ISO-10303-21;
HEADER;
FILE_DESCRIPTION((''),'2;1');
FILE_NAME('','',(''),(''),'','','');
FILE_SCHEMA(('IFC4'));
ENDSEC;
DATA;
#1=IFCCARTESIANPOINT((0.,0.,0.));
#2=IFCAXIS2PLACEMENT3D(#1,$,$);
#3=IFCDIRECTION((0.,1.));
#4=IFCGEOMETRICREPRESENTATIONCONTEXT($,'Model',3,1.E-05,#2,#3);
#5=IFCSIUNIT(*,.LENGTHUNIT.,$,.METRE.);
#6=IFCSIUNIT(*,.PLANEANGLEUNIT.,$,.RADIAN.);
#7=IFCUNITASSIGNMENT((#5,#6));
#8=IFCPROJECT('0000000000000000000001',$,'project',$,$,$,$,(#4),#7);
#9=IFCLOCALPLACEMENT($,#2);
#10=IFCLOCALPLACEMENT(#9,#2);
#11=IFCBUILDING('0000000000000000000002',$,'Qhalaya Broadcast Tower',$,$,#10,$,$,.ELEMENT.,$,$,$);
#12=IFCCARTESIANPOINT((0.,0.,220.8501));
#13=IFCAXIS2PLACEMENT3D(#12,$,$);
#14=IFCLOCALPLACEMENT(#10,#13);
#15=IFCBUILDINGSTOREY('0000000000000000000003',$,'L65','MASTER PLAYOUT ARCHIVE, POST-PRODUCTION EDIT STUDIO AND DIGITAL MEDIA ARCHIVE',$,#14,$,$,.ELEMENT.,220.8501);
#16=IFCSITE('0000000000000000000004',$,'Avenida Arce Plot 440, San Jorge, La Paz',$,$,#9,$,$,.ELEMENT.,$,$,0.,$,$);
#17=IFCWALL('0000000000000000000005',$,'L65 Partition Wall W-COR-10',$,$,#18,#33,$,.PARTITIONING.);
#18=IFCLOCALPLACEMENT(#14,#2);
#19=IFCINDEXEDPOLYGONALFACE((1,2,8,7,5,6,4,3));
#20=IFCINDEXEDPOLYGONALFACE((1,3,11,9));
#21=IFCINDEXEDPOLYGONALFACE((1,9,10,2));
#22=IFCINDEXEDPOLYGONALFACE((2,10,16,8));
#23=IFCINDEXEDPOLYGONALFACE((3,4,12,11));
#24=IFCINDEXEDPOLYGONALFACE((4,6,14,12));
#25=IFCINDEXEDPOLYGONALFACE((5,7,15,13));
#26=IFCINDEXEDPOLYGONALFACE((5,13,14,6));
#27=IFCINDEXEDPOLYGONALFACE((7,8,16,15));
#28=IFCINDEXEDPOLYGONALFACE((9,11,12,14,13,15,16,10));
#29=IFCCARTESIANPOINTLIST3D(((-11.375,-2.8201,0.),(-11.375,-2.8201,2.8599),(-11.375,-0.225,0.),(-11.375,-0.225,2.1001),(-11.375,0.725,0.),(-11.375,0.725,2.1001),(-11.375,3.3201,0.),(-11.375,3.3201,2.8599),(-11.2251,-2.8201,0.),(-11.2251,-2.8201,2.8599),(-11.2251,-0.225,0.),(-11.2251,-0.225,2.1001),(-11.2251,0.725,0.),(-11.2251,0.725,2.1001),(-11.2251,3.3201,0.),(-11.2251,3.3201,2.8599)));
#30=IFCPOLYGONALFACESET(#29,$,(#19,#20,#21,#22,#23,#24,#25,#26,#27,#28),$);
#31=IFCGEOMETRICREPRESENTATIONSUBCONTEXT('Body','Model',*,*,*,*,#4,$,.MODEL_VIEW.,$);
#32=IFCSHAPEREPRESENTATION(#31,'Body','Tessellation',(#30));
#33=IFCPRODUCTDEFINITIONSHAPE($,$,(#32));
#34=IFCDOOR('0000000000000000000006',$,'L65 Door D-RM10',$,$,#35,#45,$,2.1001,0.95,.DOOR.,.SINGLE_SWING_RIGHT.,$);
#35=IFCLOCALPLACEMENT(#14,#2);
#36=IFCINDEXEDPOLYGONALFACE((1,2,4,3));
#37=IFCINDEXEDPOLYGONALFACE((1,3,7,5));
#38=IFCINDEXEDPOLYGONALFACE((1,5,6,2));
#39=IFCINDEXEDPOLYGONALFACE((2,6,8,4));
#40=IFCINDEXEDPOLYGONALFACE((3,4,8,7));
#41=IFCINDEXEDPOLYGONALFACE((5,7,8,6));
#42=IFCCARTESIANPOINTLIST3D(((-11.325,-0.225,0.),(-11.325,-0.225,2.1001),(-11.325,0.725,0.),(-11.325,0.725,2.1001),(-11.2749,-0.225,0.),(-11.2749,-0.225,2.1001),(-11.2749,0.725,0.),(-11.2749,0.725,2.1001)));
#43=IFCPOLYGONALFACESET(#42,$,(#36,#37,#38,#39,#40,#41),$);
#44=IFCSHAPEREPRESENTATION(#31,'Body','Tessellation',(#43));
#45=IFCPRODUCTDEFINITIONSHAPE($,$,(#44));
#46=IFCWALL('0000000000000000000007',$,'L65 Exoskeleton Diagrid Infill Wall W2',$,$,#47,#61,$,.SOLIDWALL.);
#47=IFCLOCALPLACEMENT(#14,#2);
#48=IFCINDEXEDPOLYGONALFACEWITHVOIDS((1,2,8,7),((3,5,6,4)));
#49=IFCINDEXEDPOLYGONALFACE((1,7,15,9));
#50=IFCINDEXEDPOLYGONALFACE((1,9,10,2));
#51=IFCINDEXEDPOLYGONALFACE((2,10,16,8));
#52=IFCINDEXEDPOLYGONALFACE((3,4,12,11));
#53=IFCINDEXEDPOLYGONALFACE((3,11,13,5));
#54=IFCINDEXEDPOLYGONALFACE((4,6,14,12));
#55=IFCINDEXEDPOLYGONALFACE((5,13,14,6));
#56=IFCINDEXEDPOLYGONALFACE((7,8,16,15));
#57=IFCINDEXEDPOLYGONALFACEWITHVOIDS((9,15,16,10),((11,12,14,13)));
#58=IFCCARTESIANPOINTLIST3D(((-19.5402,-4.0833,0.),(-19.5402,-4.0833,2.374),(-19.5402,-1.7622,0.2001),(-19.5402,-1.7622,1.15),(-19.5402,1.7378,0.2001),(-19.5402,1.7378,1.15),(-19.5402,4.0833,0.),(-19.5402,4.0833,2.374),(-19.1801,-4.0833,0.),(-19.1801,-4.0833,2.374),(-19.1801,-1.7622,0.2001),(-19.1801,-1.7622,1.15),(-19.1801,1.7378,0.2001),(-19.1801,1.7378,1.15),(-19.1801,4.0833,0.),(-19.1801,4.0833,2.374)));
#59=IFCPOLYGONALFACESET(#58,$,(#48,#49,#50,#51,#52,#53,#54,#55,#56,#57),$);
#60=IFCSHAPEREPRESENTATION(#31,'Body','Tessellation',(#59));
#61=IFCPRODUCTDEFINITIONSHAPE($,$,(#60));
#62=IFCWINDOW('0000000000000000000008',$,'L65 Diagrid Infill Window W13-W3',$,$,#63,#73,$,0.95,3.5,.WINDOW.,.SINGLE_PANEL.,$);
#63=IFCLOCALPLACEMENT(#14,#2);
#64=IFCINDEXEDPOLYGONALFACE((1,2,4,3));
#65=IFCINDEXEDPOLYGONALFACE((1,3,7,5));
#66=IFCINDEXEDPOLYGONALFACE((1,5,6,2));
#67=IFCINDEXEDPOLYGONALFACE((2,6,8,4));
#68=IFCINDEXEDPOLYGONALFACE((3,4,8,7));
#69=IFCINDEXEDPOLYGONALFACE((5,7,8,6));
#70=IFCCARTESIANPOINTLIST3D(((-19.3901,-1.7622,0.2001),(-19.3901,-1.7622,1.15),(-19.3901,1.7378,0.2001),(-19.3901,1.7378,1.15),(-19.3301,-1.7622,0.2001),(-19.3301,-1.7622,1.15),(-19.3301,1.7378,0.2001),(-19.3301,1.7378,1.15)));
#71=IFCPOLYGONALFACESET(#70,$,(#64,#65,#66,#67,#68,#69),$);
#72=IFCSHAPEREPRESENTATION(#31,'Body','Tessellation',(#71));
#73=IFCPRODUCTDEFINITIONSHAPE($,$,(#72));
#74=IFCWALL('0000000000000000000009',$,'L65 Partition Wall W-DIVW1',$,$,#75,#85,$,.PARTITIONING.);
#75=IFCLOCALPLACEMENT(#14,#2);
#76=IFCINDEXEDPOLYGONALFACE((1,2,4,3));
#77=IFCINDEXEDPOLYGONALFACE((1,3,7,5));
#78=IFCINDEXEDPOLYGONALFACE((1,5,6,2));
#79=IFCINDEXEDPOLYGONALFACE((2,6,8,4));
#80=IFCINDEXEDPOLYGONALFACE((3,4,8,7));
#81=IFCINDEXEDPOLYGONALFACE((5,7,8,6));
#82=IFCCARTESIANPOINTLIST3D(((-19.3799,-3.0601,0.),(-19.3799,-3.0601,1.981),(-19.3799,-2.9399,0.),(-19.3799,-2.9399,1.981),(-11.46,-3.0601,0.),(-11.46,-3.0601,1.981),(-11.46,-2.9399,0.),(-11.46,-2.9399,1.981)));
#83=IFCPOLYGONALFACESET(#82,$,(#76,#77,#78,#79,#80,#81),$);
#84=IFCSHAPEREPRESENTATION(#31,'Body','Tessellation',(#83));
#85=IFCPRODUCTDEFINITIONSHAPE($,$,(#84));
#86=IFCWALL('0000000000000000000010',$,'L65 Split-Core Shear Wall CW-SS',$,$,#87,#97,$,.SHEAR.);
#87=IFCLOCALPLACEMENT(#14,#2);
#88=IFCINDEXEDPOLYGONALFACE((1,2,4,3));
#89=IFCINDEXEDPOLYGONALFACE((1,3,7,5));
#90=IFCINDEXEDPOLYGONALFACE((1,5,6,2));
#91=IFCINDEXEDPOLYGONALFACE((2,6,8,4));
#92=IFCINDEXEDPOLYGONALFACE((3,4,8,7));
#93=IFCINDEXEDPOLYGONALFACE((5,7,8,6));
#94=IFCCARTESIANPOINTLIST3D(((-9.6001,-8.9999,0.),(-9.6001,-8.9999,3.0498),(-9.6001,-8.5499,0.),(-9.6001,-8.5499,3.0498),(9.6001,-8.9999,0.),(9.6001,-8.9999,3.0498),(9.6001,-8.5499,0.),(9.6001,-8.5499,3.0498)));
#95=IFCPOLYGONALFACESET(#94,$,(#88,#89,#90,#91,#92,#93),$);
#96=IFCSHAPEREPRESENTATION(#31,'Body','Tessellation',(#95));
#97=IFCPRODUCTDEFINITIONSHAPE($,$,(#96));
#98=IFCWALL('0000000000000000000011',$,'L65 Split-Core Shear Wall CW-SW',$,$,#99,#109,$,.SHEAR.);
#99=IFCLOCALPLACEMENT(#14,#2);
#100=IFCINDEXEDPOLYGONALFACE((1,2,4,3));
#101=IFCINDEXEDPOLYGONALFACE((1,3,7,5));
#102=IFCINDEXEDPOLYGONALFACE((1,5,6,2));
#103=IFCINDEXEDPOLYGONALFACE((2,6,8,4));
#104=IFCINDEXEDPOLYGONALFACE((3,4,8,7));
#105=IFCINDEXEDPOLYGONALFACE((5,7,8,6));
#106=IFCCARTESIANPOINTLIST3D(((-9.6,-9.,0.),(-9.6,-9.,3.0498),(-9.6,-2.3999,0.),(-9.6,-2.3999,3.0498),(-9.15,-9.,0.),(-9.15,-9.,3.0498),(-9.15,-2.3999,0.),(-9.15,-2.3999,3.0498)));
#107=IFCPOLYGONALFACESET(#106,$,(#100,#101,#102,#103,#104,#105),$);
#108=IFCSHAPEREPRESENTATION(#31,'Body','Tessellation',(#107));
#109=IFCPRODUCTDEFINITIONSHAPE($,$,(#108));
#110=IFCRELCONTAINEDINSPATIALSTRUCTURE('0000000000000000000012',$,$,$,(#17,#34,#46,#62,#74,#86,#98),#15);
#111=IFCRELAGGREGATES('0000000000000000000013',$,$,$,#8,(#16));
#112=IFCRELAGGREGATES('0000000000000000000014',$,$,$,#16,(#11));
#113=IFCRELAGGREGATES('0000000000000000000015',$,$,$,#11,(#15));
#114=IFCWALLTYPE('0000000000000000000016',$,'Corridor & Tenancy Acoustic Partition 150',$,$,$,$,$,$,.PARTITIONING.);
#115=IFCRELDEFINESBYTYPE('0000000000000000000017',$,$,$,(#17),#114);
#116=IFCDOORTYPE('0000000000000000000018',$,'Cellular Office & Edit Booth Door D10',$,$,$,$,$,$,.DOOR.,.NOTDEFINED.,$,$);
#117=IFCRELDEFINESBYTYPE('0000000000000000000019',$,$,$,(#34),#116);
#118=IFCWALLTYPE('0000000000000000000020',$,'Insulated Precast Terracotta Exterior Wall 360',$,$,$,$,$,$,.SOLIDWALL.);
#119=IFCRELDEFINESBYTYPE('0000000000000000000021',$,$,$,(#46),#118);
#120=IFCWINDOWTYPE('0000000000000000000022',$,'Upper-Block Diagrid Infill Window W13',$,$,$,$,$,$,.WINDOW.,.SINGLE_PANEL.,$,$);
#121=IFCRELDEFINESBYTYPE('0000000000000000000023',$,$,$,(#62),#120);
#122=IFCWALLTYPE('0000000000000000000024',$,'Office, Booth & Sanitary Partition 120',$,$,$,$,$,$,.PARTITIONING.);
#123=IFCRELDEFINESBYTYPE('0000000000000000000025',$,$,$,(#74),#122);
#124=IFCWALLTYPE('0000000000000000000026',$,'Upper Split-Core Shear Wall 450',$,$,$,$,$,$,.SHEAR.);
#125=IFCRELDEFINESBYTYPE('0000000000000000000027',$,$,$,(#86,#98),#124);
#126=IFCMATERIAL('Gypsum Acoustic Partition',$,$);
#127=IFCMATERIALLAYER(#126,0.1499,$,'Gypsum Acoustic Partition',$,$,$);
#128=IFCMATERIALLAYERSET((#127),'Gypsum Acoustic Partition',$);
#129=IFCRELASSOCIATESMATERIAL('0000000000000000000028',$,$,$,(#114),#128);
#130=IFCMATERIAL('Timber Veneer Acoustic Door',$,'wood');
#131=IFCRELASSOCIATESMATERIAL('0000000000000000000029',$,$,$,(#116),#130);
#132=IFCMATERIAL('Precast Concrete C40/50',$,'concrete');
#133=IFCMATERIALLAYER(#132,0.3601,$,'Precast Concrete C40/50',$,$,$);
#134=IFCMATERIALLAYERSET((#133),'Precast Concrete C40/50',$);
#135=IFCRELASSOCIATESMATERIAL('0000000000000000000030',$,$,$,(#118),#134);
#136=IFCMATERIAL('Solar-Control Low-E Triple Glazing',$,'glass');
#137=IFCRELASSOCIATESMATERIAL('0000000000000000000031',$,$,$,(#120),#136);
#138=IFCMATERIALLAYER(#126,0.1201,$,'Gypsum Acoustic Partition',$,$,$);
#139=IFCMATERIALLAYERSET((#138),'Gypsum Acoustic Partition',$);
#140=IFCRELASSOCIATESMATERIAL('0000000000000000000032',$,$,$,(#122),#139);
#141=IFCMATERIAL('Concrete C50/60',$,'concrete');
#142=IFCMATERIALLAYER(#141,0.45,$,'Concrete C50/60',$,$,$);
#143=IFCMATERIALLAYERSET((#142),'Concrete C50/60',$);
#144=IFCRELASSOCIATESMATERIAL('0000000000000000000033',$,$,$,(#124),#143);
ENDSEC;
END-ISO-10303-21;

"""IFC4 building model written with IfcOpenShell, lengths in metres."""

from ifc_helpers import new_model, si_unit, direction, frame, frame_2d, origin, place, context, subcontext, project, spatial, rectangle, extrude, material, layer, layer_set, type_object, element, fill, save


model = new_model("IFC4")

# Units and contexts
model_context = context("Model", 3, precision=1e-05, world=origin(), true_north=direction((0.0, 1.0)))
body_context = subcontext(model_context, "Body", "Model", "MODEL_VIEW")
ifc_project = project(units=[si_unit("LENGTHUNIT", "METRE"), si_unit("PLANEANGLEUNIT", "RADIAN")], contexts=[model_context])

# Site, building, storey
site_placement = place(None, origin())
site = spatial("IfcSite", under=ifc_project, at=site_placement, Name="Avenida Arce Plot 440, San Jorge, La Paz", CompositionType="ELEMENT", RefElevation=0.0)
building_placement = place(site_placement, origin())
building = spatial("IfcBuilding", under=site, at=building_placement, Name="Qhalaya Broadcast Tower", CompositionType="ELEMENT")
storey_placement = place(building_placement, frame((0.0, 0.0, 220.8501)))
storey = spatial("IfcBuildingStorey", under=building, at=storey_placement, Name="L65", Description="MASTER PLAYOUT ARCHIVE, POST-PRODUCTION EDIT STUDIO AND DIGITAL MEDIA ARCHIVE", CompositionType="ELEMENT", Elevation=220.8501)

# Wall, opening, door
ifc_material_1 = material(Name="Gypsum Acoustic Partition")
ifc_layer_1 = layer(ifc_material_1, 0.1499, Name="Gypsum Acoustic Partition")
ifc_layer_set_1 = layer_set([ifc_layer_1], Name="Gypsum Acoustic Partition")
wall_type_1 = type_object("IfcWallType", Name="Corridor & Tenancy Acoustic Partition 150", PredefinedType="PARTITIONING", material=ifc_layer_set_1)
wall_1_placement = place(storey_placement, frame((-11.3, -2.8201, 0.0), z_axis=(0.0, 0.0, 1.0), x_axis=(0.0, 1.0, 0.0)))
wall_1 = element("IfcWall", 1, at=wall_1_placement, inside=storey, type_object=wall_type_1, Name="L65 Partition Wall W-COR-10", PredefinedType="PARTITIONING", context=body_context, shape_type="SweptSolid", body=[
    extrude(rectangle(XDim=6.1401, YDim=0.1499, at=frame_2d((3.0701, 0.0))), origin(), (0.0, 0.0, 1.0), 2.8599),
])
opening_1_placement = place(wall_1_placement, frame((2.595, 0.0, 0.0)))
opening_1 = element("IfcOpeningElement", 2, at=opening_1_placement, cuts=wall_1, PredefinedType="OPENING", context=body_context, shape_type="SweptSolid", body=[
    extrude(rectangle(XDim=0.95, YDim=2.1001, at=frame_2d((0.4751, 1.05))), frame((0.0, 0.0869, 0.0), z_axis=(0.0, -1.0, 0.0), x_axis=(1.0, 0.0, 0.0)), (0.0, 0.0, 1.0), 0.1738),
])
ifc_material_2 = material(Name="Timber Veneer Acoustic Door", Category="wood")
door_type_1 = type_object("IfcDoorType", Name="Cellular Office & Edit Booth Door D10", OperationType="NOTDEFINED", PredefinedType="DOOR", material=ifc_material_2)
door_1_placement = place(opening_1_placement, origin())
door_1 = element("IfcDoor", 3, at=door_1_placement, inside=storey, type_object=door_type_1, Name="L65 Door D-RM10", OperationType="SINGLE_SWING_RIGHT", OverallHeight=2.1001, OverallWidth=0.95, PredefinedType="DOOR", context=body_context, shape_type="SweptSolid", body=[
    extrude(rectangle(XDim=0.95, YDim=2.1001, at=frame_2d((0.4751, 1.05))), frame((0.0, 0.0249, 0.0), z_axis=(0.0, -1.0, 0.0), x_axis=(1.0, 0.0, 0.0)), (0.0, 0.0, 1.0), 0.05),
])
fill(opening_1, door_1)

# Wall, opening, window
ifc_material_3 = material(Name="Precast Concrete C40/50", Category="concrete")
ifc_layer_2 = layer(ifc_material_3, 0.3601, Name="Precast Concrete C40/50")
ifc_layer_set_2 = layer_set([ifc_layer_2], Name="Precast Concrete C40/50")
wall_type_2 = type_object("IfcWallType", Name="Insulated Precast Terracotta Exterior Wall 360", PredefinedType="SOLIDWALL", material=ifc_layer_set_2)
wall_2_placement = place(storey_placement, frame((-19.3601, -4.0833, 0.0), z_axis=(0.0, 0.0, 1.0), x_axis=(0.0, 1.0, 0.0)))
wall_2 = element("IfcWall", 4, at=wall_2_placement, inside=storey, type_object=wall_type_2, Name="L65 Exoskeleton Diagrid Infill Wall W2", PredefinedType="SOLIDWALL", context=body_context, shape_type="SweptSolid", body=[
    extrude(rectangle(XDim=8.1665, YDim=0.3601, at=frame_2d((4.0833, 0.0))), origin(), (0.0, 0.0, 1.0), 2.374),
])
opening_2_placement = place(wall_2_placement, frame((2.321, 0.0, 0.2)))
opening_2 = element("IfcOpeningElement", 5, at=opening_2_placement, cuts=wall_2, PredefinedType="OPENING", context=body_context, shape_type="SweptSolid", body=[
    extrude(rectangle(XDim=3.5, YDim=0.95, at=frame_2d((1.75, 0.4751))), frame((0.0, 0.1921, 0.0), z_axis=(0.0, -1.0, 0.0), x_axis=(1.0, 0.0, 0.0)), (0.0, 0.0, 1.0), 0.384),
])
ifc_material_4 = material(Name="Solar-Control Low-E Triple Glazing", Category="glass")
window_type = type_object("IfcWindowType", Name="Upper-Block Diagrid Infill Window W13", PartitioningType="SINGLE_PANEL", PredefinedType="WINDOW", material=ifc_material_4)
window_placement = place(opening_2_placement, origin())
window = element("IfcWindow", 6, at=window_placement, inside=storey, type_object=window_type, Name="L65 Diagrid Infill Window W13-W3", OverallHeight=0.95, OverallWidth=3.5, PartitioningType="SINGLE_PANEL", PredefinedType="WINDOW", context=body_context, shape_type="SweptSolid", body=[
    extrude(rectangle(XDim=3.5, YDim=0.95, at=frame_2d((1.75, 0.4751))), frame((0.0, 0.03, 0.0), z_axis=(0.0, -1.0, 0.0), x_axis=(1.0, 0.0, 0.0)), (0.0, 0.0, 1.0), 0.0601),
])
fill(opening_2, window)

# Walls
ifc_layer_3 = layer(ifc_material_1, 0.1201, Name="Gypsum Acoustic Partition")
ifc_layer_set_3 = layer_set([ifc_layer_3], Name="Gypsum Acoustic Partition")
wall_type_3 = type_object("IfcWallType", Name="Office, Booth & Sanitary Partition 120", PredefinedType="PARTITIONING", material=ifc_layer_set_3)
wall_3_placement = place(storey_placement, frame((-19.3799, -3.0, 0.0), z_axis=(0.0, 0.0, 1.0), x_axis=(1.0, 0.0, 0.0)))
element("IfcWall", 7, at=wall_3_placement, inside=storey, type_object=wall_type_3, Name="L65 Partition Wall W-DIVW1", PredefinedType="PARTITIONING", context=body_context, shape_type="SweptSolid", body=[
    extrude(rectangle(XDim=7.9199, YDim=0.1201, at=frame_2d((3.96, 0.0))), origin(), (0.0, 0.0, 1.0), 1.981),
])
ifc_material_5 = material(Name="Concrete C50/60", Category="concrete")
ifc_layer_4 = layer(ifc_material_5, 0.45, Name="Concrete C50/60")
ifc_layer_set_4 = layer_set([ifc_layer_4], Name="Concrete C50/60")
wall_type_4 = type_object("IfcWallType", Name="Upper Split-Core Shear Wall 450", PredefinedType="SHEAR", material=ifc_layer_set_4)
wall_4_placement = place(storey_placement, frame((-9.6001, -8.7749, 0.0), z_axis=(0.0, 0.0, 1.0), x_axis=(1.0, 0.0, 0.0)))
element("IfcWall", 8, at=wall_4_placement, inside=storey, type_object=wall_type_4, Name="L65 Split-Core Shear Wall CW-SS", PredefinedType="SHEAR", context=body_context, shape_type="SweptSolid", body=[
    extrude(rectangle(XDim=19.2002, YDim=0.45, at=frame_2d((9.6001, 0.0))), origin(), (0.0, 0.0, 1.0), 3.0498),
])

# Wall
wall_5_placement = place(storey_placement, frame((-9.375, -9.0, 0.0), z_axis=(0.0, 0.0, 1.0), x_axis=(0.0, 1.0, 0.0)))
element("IfcWall", 9, at=wall_5_placement, inside=storey, type_object=wall_type_4, Name="L65 Split-Core Shear Wall CW-SW", PredefinedType="SHEAR", context=body_context, shape_type="SweptSolid", body=[
    extrude(rectangle(XDim=6.6001, YDim=0.45, at=frame_2d((3.3, 0.0))), origin(), (0.0, 0.0, 1.0), 3.0498),
])

save(model, "model.ifc")
